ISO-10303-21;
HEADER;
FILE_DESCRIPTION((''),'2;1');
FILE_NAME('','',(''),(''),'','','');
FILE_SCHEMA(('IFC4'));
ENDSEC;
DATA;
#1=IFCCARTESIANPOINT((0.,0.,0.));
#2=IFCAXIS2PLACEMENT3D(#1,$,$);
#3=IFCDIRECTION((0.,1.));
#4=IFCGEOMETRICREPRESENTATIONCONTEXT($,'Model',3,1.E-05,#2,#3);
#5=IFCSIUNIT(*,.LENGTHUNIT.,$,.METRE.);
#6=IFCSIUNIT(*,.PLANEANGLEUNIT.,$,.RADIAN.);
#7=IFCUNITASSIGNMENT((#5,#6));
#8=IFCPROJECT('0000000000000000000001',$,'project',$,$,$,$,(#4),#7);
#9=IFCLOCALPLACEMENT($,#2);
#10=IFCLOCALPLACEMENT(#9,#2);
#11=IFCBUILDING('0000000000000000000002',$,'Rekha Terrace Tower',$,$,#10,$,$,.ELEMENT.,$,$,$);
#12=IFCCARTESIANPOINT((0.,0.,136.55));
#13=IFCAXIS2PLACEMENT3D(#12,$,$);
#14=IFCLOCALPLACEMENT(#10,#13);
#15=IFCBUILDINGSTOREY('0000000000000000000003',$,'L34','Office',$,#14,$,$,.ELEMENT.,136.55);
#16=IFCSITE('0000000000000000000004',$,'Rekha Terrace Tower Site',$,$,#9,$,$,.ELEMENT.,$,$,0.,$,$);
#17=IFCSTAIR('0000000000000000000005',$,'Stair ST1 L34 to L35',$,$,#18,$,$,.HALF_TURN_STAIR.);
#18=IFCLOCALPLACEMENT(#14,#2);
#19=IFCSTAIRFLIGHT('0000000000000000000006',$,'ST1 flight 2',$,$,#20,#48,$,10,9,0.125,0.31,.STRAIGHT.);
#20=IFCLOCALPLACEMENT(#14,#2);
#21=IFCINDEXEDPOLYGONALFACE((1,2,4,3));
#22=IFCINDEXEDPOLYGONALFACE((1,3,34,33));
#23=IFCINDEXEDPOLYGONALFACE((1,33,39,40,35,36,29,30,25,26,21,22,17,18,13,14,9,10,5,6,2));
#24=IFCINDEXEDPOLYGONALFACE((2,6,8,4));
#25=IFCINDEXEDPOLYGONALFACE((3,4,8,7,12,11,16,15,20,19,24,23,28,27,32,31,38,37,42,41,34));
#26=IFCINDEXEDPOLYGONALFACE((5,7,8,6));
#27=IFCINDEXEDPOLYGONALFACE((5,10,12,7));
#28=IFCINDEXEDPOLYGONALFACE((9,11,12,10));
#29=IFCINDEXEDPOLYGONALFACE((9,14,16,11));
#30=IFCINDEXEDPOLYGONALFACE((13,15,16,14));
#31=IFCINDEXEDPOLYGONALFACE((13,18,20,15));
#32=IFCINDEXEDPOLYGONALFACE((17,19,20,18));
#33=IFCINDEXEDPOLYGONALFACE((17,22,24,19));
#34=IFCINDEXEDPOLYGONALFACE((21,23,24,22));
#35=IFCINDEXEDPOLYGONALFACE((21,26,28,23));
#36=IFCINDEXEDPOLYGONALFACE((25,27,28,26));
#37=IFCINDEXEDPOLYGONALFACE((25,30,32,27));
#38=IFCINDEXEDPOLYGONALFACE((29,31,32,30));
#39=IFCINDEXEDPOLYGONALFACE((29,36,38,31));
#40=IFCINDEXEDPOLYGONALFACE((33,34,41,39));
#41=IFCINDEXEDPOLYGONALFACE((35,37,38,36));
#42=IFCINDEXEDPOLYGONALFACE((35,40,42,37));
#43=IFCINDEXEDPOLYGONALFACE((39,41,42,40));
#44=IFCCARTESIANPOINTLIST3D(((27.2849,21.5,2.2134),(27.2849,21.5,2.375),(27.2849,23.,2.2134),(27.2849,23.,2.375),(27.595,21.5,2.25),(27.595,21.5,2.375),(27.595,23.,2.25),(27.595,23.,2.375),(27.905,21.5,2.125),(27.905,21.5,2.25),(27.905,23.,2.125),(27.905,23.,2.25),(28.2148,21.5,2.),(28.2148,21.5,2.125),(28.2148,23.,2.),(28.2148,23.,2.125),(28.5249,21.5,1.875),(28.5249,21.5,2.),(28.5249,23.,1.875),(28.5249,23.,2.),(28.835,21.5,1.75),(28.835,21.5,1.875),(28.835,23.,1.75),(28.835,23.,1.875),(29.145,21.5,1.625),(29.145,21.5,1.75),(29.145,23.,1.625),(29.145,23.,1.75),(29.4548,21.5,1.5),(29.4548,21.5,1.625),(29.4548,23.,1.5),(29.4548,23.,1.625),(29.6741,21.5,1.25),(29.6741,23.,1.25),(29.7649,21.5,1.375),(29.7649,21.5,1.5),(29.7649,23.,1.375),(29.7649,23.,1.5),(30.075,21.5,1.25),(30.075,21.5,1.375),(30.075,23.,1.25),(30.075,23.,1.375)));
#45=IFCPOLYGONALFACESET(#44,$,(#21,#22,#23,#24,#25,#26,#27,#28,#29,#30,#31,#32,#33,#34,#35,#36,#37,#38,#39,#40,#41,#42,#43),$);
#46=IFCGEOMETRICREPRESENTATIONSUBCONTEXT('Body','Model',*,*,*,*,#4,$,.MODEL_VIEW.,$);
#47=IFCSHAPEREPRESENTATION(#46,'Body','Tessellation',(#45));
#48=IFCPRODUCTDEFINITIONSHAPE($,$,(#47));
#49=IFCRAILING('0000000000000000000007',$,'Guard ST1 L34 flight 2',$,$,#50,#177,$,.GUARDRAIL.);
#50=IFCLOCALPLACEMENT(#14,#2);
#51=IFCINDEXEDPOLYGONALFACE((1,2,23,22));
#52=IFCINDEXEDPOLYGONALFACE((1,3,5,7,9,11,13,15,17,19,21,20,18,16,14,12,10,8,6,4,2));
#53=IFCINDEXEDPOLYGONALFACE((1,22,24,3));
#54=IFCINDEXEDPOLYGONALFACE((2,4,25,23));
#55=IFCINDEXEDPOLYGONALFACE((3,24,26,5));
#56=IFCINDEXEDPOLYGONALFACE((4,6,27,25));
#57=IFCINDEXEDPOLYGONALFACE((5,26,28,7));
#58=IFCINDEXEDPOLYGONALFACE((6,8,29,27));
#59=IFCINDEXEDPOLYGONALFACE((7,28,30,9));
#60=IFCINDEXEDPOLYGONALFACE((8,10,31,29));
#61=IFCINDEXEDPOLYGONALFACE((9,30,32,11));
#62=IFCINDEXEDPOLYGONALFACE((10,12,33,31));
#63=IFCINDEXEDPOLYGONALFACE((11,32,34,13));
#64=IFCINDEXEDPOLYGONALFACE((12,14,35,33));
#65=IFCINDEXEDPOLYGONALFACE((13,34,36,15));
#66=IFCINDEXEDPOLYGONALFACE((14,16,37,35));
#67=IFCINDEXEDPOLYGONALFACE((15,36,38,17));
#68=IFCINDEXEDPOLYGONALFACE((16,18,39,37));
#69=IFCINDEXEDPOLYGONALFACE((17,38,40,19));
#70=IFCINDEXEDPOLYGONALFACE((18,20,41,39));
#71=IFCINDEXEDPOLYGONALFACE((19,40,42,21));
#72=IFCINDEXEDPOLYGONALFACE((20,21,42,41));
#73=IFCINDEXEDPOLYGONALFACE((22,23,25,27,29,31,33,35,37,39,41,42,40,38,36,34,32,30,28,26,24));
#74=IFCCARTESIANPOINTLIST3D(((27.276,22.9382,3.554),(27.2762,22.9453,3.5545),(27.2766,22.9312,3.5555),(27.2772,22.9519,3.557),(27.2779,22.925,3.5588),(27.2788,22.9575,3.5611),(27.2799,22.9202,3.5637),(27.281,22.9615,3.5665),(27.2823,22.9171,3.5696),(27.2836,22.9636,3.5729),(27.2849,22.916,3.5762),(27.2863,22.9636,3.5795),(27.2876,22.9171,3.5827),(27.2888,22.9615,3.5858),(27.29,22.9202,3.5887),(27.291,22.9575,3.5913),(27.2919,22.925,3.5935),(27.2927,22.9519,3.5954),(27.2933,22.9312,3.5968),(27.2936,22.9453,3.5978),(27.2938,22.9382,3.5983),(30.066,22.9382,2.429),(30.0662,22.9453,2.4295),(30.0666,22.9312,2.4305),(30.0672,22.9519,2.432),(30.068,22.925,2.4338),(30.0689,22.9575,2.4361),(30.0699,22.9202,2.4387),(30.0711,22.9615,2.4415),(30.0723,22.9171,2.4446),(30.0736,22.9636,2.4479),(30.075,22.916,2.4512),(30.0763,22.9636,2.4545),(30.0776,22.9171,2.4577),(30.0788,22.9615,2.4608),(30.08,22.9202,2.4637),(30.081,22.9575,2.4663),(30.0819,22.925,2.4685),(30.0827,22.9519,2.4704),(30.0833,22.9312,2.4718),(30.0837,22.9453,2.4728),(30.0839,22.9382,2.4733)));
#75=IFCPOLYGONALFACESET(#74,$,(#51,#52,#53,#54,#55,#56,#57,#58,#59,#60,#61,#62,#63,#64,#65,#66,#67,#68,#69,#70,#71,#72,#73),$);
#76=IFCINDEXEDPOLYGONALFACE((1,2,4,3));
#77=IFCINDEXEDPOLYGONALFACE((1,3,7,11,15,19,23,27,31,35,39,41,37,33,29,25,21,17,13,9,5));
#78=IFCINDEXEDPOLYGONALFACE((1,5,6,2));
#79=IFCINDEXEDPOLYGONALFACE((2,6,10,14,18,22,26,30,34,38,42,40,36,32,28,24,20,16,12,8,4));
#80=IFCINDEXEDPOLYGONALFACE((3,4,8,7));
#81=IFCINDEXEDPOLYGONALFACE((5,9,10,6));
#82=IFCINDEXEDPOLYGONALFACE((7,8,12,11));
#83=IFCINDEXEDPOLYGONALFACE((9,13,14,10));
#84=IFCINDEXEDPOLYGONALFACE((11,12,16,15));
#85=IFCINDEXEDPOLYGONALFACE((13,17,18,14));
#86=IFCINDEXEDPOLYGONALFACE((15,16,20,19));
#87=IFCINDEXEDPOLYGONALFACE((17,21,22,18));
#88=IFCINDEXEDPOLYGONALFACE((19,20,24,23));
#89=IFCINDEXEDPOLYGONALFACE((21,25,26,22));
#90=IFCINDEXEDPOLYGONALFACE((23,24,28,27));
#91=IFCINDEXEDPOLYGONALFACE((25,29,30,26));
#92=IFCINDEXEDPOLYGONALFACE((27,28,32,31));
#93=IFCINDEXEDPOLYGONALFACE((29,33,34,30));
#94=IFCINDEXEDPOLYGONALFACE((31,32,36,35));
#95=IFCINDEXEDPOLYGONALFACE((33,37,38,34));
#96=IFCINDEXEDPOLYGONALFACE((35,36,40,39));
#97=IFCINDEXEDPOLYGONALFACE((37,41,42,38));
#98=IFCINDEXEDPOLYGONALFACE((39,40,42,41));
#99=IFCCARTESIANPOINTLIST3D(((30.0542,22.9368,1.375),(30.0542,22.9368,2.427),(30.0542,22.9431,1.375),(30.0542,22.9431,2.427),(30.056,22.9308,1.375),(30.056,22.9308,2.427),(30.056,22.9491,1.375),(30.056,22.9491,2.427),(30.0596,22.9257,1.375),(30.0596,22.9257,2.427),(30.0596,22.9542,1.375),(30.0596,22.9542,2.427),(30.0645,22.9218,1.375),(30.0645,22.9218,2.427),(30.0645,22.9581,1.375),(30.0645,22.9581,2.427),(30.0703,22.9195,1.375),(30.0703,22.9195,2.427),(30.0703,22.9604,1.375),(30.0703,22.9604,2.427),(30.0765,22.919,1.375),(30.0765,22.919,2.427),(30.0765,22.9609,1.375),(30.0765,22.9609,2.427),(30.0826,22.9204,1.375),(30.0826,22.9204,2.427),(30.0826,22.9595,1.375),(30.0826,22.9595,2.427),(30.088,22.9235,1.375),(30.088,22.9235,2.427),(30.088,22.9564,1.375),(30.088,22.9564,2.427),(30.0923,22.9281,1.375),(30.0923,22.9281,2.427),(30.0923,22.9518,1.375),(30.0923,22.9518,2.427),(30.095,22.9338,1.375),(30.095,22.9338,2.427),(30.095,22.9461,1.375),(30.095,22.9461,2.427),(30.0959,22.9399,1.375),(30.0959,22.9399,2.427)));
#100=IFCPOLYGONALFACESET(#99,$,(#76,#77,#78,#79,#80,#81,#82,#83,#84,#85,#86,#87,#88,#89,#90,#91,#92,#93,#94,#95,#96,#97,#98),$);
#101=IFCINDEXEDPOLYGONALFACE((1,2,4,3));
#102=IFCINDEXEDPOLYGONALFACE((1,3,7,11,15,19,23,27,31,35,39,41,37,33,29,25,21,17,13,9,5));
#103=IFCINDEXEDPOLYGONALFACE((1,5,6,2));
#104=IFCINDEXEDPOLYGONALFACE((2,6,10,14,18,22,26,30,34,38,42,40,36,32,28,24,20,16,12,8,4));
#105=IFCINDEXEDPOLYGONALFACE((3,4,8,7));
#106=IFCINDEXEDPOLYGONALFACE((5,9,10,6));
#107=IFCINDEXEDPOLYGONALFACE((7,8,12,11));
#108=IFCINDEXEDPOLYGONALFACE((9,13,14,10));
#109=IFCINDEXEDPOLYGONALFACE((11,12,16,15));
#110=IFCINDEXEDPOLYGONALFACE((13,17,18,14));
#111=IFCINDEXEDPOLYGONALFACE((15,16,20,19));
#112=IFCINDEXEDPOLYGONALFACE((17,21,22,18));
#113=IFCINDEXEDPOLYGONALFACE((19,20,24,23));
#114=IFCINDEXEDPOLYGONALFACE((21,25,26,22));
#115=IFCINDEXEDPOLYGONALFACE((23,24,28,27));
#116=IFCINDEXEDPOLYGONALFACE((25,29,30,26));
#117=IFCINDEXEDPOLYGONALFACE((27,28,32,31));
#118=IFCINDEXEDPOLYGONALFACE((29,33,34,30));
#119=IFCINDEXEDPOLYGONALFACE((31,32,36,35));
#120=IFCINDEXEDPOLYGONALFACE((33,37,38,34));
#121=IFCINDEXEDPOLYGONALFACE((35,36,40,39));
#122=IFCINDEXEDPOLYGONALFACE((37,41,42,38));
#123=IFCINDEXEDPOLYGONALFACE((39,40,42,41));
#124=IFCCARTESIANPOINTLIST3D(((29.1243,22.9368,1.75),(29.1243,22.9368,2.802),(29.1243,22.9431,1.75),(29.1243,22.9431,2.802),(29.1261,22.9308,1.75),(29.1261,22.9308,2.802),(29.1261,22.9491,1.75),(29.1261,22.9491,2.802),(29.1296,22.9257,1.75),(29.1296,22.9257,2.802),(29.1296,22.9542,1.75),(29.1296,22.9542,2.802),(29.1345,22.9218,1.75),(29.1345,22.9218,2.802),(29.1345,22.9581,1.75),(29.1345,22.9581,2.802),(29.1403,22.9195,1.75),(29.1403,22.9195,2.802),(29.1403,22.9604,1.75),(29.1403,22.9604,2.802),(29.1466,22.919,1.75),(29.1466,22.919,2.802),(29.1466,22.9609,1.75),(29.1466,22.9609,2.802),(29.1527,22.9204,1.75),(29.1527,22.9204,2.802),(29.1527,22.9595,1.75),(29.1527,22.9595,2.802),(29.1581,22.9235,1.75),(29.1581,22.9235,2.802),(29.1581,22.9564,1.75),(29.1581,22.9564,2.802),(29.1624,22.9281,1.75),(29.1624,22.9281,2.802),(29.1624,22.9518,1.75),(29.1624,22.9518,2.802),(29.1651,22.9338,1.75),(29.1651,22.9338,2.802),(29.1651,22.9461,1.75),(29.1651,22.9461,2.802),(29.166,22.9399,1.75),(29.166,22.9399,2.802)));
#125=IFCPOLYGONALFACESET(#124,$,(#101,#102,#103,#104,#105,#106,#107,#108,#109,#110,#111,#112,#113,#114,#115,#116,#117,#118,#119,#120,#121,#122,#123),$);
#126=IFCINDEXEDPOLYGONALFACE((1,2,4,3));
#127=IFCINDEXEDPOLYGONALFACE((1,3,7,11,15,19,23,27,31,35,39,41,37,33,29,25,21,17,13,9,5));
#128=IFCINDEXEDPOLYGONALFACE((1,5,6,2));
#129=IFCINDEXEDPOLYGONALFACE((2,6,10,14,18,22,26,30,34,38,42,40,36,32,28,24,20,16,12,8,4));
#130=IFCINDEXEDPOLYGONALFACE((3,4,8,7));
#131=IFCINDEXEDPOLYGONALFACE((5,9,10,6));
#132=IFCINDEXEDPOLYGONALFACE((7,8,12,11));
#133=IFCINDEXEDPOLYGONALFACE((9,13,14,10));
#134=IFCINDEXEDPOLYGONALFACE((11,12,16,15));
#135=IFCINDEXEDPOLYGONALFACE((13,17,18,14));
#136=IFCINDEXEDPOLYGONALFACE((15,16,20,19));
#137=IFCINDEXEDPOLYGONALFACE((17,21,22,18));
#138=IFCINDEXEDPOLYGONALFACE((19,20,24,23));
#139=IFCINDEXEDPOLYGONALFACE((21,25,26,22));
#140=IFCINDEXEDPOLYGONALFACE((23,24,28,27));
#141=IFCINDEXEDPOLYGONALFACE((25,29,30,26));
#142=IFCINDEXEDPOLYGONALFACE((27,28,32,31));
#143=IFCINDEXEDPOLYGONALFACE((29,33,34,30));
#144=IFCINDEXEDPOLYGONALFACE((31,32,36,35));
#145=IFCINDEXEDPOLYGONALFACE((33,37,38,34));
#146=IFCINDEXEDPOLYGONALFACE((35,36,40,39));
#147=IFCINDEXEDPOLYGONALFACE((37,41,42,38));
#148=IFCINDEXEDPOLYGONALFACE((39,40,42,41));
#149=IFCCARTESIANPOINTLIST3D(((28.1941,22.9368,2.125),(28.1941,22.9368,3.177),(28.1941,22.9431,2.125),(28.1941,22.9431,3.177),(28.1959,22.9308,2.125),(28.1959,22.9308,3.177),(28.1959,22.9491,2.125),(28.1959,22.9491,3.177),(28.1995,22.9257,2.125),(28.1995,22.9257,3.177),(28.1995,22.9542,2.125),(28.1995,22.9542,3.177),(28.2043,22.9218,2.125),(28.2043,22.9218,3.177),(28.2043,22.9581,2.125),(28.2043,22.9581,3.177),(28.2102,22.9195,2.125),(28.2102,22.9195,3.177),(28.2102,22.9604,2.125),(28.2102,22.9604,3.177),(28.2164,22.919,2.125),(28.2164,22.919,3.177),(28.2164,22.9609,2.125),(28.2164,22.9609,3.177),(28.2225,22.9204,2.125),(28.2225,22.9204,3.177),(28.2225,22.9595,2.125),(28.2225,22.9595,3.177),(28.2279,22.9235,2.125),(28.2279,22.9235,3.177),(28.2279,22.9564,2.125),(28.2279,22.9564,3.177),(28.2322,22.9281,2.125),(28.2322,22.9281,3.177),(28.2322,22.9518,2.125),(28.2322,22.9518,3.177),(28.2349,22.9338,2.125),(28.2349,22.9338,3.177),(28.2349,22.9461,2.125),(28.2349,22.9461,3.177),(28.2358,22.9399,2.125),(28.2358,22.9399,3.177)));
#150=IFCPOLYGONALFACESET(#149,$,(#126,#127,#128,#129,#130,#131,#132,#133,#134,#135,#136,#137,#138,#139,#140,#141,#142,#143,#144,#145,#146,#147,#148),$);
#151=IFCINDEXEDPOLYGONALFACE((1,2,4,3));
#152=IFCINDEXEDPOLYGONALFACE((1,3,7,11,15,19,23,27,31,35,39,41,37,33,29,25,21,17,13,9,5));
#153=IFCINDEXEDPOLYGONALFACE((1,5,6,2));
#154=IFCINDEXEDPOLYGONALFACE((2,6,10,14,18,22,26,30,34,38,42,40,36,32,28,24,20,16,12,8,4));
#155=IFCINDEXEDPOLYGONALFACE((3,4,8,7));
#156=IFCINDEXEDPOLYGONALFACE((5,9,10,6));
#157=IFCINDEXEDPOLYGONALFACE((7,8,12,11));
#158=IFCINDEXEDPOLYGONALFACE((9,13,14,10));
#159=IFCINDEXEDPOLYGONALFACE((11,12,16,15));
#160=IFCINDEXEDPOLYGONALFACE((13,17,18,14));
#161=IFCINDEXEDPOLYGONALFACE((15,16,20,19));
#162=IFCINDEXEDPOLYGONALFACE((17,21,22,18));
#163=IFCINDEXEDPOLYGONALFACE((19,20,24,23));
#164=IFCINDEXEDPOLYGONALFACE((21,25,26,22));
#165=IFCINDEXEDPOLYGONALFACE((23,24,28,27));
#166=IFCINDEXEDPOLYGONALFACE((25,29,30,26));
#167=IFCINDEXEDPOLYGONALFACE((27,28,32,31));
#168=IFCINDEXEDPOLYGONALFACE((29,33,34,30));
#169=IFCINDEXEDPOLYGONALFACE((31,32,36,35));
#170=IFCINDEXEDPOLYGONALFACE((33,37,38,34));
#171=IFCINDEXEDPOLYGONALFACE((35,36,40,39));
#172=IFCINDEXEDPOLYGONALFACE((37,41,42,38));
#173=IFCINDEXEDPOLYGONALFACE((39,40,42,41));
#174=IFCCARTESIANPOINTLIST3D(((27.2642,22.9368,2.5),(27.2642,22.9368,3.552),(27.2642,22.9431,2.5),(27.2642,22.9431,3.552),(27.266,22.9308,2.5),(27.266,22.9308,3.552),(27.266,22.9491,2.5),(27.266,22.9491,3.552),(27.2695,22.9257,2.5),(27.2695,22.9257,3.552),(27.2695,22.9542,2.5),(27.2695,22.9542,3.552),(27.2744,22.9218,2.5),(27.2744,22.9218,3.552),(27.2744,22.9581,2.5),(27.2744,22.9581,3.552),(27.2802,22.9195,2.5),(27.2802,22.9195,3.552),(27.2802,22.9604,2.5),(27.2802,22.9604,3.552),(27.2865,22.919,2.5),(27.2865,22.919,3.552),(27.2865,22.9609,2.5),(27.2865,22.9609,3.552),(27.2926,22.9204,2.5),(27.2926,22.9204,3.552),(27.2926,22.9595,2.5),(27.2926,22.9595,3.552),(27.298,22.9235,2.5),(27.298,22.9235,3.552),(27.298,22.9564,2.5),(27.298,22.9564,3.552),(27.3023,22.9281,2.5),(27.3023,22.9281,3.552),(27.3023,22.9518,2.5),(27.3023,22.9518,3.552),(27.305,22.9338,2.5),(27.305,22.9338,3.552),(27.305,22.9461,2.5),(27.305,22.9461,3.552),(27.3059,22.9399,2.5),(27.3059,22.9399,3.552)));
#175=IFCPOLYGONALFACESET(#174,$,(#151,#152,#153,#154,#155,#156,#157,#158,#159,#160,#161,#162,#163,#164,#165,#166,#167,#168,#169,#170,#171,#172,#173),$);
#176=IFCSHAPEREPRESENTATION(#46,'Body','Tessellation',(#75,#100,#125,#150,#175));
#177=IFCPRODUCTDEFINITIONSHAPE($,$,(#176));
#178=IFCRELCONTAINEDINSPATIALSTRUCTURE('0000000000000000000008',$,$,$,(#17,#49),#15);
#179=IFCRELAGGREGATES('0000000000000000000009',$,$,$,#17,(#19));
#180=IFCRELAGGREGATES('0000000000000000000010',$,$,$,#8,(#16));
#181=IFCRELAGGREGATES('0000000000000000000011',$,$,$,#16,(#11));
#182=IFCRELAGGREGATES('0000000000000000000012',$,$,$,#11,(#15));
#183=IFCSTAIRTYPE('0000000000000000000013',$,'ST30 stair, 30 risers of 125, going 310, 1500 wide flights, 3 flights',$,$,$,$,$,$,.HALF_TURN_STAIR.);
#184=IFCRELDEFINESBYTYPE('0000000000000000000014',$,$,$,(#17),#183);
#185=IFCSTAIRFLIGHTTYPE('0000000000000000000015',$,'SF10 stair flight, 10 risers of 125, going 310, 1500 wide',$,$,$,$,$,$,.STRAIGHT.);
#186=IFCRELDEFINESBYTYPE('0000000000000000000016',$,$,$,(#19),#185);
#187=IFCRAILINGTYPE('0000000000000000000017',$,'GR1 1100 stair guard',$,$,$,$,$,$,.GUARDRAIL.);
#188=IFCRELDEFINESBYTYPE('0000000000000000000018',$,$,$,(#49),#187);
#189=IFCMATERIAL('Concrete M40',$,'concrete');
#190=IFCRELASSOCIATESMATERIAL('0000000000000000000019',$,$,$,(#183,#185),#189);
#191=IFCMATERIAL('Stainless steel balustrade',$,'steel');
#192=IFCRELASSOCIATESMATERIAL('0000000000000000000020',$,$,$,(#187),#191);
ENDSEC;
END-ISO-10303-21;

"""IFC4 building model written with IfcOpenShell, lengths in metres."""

from ifc_helpers import new_model, si_unit, direction, frame, origin, origin_2d, place, context, subcontext, project, spatial, polyline, circle, outline, extrude, material, type_object, element, aggregate, save


model = new_model("IFC4")

# Units and contexts
model_context = context("Model", 3, precision=1e-05, world=origin(), true_north=direction((0.0, 1.0)))
body_context = subcontext(model_context, "Body", "Model", "MODEL_VIEW")
ifc_project = project(units=[si_unit("LENGTHUNIT", "METRE"), si_unit("PLANEANGLEUNIT", "RADIAN")], contexts=[model_context])

# Site, building, storey
site_placement = place(None, origin())
site = spatial("IfcSite", under=ifc_project, at=site_placement, Name="Rekha Terrace Tower Site", CompositionType="ELEMENT", RefElevation=0.0)
building_placement = place(site_placement, origin())
building = spatial("IfcBuilding", under=site, at=building_placement, Name="Rekha Terrace Tower", CompositionType="ELEMENT")
storey_placement = place(building_placement, frame((0.0, 0.0, 136.55)))
storey = spatial("IfcBuildingStorey", under=building, at=storey_placement, Name="L34", Description="Office", CompositionType="ELEMENT", Elevation=136.55)

# Stair, stair flight
ifc_material_1 = material(Name="Concrete M40", Category="concrete")
stair_type = type_object("IfcStairType", Name="ST30 stair, 30 risers of 125, going 310, 1500 wide flights, 3 flights", PredefinedType="HALF_TURN_STAIR", material=ifc_material_1)
stair_placement = place(storey_placement, origin())
stair = element("IfcStair", 1, at=stair_placement, inside=storey, type_object=stair_type, Name="Stair ST1 L34 to L35", PredefinedType="HALF_TURN_STAIR")
stair_flight_type = type_object("IfcStairFlightType", Name="SF10 stair flight, 10 risers of 125, going 310, 1500 wide", PredefinedType="STRAIGHT", material=ifc_material_1)
stair_flight_placement = place(storey_placement, frame((30.075, 22.25, 1.25), z_axis=(0.0, 0.0, 1.0), x_axis=(-1.0, 0.0, 0.0)))
stair_flight = element("IfcStairFlight", 2, at=stair_flight_placement, type_object=stair_flight_type, Name="ST1 flight 2", NumberOfRisers=10, NumberOfTreads=9, PredefinedType="STRAIGHT", RiserHeight=0.125, TreadLength=0.31, context=body_context, shape_type="SweptSolid", body=[
    extrude(outline(polyline([(0.0, 0.0), (0.0, 0.125), (0.3101, 0.125), (0.3101, 0.25), (0.6201, 0.25), (0.6201, 0.375), (0.9299, 0.375), (0.9299, 0.5), (1.24, 0.5), (1.24, 0.625), (1.55, 0.625), (1.55, 0.75), (1.8601, 0.75), (1.8601, 0.875), (2.1699, 0.875), (2.1699, 1.0), (2.48, 1.0), (2.48, 1.125), (2.79, 1.125), (2.79, 1.25), (2.79, 0.9634), (0.4009, 0.0), (0.0, 0.0)])), frame((0.0, 0.75, 0.0), z_axis=(0.0, -1.0, 0.0), x_axis=(1.0, 0.0, 0.0)), (0.0, 0.0, 1.0), 1.5),
])
aggregate(stair, [stair_flight])

# Railing
ifc_material_2 = material(Name="Stainless steel balustrade", Category="steel")
railing_type_1 = type_object("IfcRailingType", Name="GR1 1100 stair guard", PredefinedType="GUARDRAIL", material=ifc_material_2)
railing_1_placement = place(storey_placement, frame((30.075, 22.9399, 1.375)))
element("IfcRailing", 3, at=railing_1_placement, inside=storey, type_object=railing_type_1, Name="Guard ST1 L34 flight 2", PredefinedType="GUARDRAIL", context=body_context, shape_type="SweptSolid", body=[
    extrude(circle(Radius=0.0239, at=origin_2d()), frame((0.0, 0.0, 1.0762), z_axis=(-0.927443, 0.0, 0.373964), x_axis=(0.0, -1.0, 0.0)), (0.0, 0.0, 1.0), 3.0083),
    extrude(circle(Radius=0.021, at=origin_2d()), origin(), (0.0, 0.0, 1.0), 1.052),
    extrude(circle(Radius=0.021, at=origin_2d()), frame((-0.9299, 0.0, 0.375)), (0.0, 0.0, 1.0), 1.052),
    extrude(circle(Radius=0.021, at=origin_2d()), frame((-1.8601, 0.0, 0.75)), (0.0, 0.0, 1.0), 1.052),
    extrude(circle(Radius=0.021, at=origin_2d()), frame((-2.79, 0.0, 1.125)), (0.0, 0.0, 1.0), 1.052),
])

save(model, "model.ifc")
